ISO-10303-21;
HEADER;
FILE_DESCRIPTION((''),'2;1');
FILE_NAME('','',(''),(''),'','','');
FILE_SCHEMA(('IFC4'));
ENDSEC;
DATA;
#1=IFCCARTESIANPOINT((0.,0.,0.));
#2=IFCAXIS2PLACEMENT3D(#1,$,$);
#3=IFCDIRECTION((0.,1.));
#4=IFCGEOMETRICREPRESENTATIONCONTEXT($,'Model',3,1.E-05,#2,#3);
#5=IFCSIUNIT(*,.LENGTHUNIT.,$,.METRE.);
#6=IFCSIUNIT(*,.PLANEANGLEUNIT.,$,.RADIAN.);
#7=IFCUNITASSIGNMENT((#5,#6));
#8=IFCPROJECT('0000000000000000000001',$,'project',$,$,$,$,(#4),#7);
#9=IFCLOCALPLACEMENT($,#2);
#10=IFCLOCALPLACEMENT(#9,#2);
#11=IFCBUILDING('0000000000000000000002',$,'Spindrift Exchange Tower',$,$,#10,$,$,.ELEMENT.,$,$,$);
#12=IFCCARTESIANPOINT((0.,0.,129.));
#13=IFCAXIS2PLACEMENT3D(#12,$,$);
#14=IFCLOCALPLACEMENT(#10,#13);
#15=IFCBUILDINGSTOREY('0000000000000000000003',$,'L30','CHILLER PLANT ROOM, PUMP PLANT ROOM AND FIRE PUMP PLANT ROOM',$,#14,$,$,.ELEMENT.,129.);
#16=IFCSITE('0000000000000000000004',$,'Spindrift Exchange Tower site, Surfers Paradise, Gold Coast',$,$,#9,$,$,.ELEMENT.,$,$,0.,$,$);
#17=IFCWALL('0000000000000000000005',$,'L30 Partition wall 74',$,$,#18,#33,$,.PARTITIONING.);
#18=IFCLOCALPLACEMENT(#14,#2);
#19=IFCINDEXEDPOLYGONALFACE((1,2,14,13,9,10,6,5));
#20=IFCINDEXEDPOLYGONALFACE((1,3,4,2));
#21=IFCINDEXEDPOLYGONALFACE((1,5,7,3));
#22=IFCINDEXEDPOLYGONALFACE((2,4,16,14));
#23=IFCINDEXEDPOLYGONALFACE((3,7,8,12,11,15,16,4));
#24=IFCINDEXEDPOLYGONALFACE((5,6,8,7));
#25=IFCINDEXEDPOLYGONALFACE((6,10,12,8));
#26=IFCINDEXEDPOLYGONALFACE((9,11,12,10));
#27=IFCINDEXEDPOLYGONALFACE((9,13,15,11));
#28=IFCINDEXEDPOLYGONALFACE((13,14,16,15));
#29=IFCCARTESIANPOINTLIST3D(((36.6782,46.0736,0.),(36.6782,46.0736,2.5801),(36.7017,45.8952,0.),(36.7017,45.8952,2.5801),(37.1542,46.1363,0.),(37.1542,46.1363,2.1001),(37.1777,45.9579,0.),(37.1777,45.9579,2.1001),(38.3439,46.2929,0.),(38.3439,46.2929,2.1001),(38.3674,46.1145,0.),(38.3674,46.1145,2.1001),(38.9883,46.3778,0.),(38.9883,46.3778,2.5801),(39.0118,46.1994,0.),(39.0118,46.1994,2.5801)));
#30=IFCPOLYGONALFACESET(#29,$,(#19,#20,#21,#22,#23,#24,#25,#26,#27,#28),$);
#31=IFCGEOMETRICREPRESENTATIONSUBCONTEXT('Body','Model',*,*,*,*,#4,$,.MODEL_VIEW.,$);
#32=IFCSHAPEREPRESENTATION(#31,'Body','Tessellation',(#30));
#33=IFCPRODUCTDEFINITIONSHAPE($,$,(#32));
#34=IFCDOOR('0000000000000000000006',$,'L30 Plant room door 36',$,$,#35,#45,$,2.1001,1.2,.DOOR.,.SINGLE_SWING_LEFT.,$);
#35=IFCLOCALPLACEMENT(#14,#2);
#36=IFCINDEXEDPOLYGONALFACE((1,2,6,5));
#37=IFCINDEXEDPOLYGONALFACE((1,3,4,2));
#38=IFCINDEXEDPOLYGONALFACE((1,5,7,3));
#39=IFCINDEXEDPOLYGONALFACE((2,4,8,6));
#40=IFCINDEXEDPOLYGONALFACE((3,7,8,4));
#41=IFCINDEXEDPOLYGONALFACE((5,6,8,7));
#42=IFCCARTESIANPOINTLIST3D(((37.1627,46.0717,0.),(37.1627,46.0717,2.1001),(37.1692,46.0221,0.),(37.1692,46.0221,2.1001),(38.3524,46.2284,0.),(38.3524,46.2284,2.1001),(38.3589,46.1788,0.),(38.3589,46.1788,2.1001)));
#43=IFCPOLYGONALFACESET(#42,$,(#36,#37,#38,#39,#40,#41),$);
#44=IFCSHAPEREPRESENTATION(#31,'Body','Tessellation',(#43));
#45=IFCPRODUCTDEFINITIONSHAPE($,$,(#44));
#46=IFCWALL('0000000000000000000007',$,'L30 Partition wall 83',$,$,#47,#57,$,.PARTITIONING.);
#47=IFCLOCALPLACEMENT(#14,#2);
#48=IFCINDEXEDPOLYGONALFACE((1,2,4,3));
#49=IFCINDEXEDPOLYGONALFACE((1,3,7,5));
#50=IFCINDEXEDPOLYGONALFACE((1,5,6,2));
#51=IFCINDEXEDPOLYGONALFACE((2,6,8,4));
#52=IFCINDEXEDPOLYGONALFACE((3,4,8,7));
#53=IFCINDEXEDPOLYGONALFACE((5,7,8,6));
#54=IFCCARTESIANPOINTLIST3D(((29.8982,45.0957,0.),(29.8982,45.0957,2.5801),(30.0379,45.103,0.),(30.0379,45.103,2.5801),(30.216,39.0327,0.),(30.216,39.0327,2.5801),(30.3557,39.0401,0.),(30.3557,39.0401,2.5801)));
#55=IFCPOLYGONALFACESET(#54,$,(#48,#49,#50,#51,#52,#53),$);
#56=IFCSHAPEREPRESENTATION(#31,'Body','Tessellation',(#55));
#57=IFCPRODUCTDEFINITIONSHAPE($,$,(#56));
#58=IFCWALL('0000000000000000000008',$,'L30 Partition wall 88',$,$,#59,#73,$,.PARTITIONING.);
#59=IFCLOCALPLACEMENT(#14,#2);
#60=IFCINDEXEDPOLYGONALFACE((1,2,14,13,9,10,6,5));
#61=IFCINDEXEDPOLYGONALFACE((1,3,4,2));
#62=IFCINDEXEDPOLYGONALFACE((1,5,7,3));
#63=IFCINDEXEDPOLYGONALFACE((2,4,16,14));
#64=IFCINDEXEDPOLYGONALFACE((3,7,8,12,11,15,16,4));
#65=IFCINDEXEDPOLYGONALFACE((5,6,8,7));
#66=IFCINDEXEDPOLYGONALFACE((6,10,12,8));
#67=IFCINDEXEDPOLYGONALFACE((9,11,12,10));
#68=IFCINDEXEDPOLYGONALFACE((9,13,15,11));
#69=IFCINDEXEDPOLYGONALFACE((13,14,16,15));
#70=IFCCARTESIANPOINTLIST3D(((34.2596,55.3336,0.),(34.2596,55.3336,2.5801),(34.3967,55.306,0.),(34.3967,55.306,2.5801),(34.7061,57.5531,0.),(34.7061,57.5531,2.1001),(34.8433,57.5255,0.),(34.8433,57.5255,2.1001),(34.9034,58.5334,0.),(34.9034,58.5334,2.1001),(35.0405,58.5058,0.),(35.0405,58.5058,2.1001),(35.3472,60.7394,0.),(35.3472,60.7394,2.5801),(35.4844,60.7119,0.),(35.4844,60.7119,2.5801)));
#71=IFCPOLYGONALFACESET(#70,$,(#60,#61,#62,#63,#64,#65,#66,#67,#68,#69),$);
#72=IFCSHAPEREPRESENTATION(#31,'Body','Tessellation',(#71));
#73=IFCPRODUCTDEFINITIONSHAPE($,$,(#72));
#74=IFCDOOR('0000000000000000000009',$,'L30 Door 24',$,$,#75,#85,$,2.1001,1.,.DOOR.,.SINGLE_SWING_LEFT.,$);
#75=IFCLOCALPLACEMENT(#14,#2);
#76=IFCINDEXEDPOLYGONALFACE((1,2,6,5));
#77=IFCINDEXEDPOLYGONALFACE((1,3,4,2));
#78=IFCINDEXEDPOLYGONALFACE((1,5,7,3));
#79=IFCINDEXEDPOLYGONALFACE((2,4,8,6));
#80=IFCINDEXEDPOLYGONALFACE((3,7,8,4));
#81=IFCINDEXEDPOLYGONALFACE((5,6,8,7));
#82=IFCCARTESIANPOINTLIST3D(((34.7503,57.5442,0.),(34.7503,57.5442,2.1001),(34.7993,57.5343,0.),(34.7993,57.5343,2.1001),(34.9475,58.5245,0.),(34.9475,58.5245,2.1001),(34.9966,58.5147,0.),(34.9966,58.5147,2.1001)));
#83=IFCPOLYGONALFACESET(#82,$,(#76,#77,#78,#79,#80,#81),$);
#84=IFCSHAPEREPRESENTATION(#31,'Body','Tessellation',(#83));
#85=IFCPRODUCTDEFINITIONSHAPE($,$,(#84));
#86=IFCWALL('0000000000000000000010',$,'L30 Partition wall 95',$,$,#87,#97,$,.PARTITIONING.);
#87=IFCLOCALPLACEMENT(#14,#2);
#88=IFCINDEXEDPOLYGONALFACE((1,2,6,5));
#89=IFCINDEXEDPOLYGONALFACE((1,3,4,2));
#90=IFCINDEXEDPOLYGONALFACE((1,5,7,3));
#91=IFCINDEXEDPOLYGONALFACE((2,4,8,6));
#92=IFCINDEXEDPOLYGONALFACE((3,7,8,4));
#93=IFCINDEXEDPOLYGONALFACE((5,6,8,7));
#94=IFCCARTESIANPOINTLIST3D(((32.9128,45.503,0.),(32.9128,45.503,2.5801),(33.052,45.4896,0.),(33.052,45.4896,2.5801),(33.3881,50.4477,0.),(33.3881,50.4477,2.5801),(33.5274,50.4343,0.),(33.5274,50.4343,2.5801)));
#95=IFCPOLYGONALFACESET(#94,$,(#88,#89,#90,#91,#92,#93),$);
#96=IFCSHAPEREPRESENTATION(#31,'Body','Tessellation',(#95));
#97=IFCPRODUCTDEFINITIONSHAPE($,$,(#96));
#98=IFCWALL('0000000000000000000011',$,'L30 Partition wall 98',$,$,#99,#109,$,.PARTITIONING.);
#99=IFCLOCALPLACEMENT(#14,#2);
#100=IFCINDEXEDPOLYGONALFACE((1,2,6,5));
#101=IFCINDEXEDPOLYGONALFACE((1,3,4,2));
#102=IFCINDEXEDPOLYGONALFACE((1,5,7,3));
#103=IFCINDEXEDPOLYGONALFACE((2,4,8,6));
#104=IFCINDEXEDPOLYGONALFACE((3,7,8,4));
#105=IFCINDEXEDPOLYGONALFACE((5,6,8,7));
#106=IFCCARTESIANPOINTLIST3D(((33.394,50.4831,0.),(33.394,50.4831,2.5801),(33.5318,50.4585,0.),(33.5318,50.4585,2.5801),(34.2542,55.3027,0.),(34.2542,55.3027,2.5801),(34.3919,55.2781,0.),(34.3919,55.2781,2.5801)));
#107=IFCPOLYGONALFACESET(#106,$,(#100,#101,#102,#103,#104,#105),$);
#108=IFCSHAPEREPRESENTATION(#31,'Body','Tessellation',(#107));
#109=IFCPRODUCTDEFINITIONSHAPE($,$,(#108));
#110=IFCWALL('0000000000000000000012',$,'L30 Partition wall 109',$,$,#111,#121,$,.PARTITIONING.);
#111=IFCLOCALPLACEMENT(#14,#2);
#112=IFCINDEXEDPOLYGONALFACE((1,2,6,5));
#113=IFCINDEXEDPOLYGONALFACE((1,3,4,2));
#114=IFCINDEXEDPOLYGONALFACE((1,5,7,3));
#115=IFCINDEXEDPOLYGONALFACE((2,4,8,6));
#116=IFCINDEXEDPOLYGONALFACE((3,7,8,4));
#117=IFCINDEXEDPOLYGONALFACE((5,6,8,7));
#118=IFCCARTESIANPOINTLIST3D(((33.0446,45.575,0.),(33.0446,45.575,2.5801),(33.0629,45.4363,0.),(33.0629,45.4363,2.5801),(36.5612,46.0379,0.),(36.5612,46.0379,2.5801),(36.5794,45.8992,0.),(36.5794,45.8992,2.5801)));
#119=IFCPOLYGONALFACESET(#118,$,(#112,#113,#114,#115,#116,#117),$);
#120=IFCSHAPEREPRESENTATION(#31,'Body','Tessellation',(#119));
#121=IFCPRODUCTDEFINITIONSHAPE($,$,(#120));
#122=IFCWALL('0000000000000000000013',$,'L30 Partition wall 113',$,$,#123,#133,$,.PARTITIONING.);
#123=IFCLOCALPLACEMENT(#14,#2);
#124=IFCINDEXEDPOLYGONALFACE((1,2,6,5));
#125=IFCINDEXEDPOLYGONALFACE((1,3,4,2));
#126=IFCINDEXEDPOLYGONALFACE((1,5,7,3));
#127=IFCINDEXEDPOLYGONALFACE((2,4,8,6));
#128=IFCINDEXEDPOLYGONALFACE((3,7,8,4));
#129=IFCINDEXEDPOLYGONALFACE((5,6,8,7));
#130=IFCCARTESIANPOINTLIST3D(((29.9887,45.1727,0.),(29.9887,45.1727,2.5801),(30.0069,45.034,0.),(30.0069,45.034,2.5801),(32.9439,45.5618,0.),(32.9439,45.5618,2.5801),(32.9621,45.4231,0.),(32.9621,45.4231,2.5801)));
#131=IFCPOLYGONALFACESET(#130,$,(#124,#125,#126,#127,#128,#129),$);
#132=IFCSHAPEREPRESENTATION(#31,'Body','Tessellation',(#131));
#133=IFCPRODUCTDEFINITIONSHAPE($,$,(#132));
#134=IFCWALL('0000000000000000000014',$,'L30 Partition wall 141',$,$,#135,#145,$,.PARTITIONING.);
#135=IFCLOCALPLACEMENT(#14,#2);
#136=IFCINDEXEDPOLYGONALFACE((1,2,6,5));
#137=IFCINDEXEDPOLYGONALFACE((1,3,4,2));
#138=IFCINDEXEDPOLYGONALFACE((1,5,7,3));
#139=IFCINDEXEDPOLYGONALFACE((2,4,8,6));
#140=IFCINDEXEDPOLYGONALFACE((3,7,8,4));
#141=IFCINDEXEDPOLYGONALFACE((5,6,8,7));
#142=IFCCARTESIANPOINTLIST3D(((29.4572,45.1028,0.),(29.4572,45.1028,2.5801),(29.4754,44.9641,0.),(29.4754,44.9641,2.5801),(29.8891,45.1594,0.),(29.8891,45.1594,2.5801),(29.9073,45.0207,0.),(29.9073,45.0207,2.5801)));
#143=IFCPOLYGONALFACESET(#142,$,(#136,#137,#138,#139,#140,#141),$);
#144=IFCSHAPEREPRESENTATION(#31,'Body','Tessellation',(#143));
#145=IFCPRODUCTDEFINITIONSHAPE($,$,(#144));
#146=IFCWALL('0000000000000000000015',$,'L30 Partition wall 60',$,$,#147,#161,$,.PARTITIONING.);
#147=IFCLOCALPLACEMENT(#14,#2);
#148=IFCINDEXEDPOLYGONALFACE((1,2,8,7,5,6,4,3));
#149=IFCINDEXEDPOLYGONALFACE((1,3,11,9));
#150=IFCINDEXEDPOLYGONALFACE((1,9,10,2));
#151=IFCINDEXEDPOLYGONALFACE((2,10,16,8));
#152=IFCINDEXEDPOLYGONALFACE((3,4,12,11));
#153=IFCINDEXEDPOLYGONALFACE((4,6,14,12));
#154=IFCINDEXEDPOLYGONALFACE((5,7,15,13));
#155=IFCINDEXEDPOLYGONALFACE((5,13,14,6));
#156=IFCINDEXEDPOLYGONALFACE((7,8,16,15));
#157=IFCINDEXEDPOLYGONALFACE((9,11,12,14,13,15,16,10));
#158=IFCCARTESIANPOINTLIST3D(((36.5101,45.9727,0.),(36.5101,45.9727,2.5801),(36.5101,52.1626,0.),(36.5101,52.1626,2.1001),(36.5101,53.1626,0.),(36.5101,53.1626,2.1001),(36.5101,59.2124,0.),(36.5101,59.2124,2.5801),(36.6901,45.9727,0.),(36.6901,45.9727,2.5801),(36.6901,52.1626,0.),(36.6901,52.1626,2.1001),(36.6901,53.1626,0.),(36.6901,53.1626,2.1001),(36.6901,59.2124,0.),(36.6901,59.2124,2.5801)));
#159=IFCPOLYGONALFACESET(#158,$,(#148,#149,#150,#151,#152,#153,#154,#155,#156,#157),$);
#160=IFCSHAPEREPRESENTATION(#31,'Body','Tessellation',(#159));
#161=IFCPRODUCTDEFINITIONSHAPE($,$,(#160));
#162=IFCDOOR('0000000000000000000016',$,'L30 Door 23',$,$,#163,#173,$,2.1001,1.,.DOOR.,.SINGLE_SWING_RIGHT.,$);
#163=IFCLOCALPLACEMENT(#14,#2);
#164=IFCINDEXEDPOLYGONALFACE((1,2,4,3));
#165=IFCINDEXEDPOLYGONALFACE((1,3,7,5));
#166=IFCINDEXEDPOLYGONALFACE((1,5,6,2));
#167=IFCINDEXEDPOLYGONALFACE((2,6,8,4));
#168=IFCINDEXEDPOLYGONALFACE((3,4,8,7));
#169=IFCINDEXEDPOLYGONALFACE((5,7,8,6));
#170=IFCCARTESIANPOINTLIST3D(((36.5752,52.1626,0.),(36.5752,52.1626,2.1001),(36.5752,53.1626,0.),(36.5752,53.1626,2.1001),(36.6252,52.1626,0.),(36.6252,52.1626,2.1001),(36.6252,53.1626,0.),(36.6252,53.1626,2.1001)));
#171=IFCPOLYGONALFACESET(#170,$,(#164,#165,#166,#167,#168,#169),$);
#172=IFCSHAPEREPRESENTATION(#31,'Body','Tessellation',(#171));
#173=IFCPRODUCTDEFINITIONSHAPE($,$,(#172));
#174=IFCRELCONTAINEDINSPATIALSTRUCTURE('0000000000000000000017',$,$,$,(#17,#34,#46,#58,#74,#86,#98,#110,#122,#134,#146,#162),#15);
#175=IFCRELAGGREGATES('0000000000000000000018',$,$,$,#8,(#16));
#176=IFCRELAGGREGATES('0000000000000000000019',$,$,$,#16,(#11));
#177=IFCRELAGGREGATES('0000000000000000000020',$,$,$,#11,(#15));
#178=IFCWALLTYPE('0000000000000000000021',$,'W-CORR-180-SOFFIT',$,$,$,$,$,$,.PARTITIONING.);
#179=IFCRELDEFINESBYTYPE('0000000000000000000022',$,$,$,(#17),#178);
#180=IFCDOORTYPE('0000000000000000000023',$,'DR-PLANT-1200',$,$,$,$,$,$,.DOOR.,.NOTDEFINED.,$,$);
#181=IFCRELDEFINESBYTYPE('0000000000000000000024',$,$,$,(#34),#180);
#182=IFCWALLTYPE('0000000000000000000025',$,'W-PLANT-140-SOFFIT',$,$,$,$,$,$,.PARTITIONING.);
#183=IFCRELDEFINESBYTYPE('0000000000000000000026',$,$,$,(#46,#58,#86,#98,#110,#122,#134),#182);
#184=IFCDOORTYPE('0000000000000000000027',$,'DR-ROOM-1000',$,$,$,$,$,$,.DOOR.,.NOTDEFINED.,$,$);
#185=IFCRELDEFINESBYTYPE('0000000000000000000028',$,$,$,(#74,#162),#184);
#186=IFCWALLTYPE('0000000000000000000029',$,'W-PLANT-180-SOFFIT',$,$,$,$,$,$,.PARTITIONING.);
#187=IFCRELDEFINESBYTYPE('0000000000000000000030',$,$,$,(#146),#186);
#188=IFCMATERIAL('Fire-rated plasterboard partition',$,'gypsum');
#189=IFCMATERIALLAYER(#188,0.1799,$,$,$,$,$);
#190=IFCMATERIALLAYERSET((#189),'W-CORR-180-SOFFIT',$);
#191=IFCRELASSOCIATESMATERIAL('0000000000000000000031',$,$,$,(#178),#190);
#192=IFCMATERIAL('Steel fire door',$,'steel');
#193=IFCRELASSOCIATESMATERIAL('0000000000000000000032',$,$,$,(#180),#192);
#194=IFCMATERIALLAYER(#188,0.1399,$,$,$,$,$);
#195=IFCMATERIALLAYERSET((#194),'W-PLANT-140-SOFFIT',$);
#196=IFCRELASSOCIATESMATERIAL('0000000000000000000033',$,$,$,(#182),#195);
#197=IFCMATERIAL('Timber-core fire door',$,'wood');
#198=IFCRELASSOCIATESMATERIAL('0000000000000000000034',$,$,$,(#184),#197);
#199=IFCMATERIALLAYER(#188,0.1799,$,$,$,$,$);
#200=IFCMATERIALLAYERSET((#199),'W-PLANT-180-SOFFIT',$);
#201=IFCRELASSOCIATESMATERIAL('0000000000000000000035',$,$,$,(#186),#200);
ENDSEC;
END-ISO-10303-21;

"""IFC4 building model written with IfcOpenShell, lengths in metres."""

from ifc_helpers import new_model, si_unit, direction, frame, frame_2d, origin, place, context, subcontext, project, spatial, rectangle, extrude, source, transform, mapped, material, layer, layer_set, type_object, element, fill, save


model = new_model("IFC4")

# Units and contexts
model_context = context("Model", 3, precision=1e-05, world=origin(), true_north=direction((0.0, 1.0)))
body_context = subcontext(model_context, "Body", "Model", "MODEL_VIEW")
ifc_project = project(units=[si_unit("LENGTHUNIT", "METRE"), si_unit("PLANEANGLEUNIT", "RADIAN")], contexts=[model_context])

# Site, building, storey
site_placement = place(None, origin())
site = spatial("IfcSite", under=ifc_project, at=site_placement, Name="Spindrift Exchange Tower site, Surfers Paradise, Gold Coast", CompositionType="ELEMENT", RefElevation=0.0)
building_placement = place(site_placement, origin())
building = spatial("IfcBuilding", under=site, at=building_placement, Name="Spindrift Exchange Tower", CompositionType="ELEMENT")
storey_placement = place(building_placement, frame((0.0, 0.0, 129.0)))
storey = spatial("IfcBuildingStorey", under=building, at=storey_placement, Name="L30", Description="CHILLER PLANT ROOM, PUMP PLANT ROOM AND FIRE PUMP PLANT ROOM", CompositionType="ELEMENT", Elevation=129.0)

# Wall, opening, door
ifc_material_1 = material(Name="Fire-rated plasterboard partition", Category="gypsum")
ifc_layer_1 = layer(ifc_material_1, 0.1799)
ifc_layer_set_1 = layer_set([ifc_layer_1], Name="W-CORR-180-SOFFIT")
wall_type_1 = type_object("IfcWallType", Name="W-CORR-180-SOFFIT", PredefinedType="PARTITIONING", material=ifc_layer_set_1)
wall_1_placement = place(storey_placement, frame((36.6899, 45.9844, 0.0), z_axis=(0.0, 0.0, 1.0), x_axis=(0.991441, 0.130558, 0.0)))
wall_1 = element("IfcWall", 1, at=wall_1_placement, inside=storey, type_object=wall_type_1, Name="L30 Partition wall 74", PredefinedType="PARTITIONING", context=body_context, shape_type="SweptSolid", body=[
    extrude(rectangle(XDim=2.3301, YDim=0.1799, at=frame_2d((1.165, 0.0))), origin(), (0.0, 0.0, 1.0), 2.5801),
])
opening_1_placement = place(wall_1_placement, frame((0.48, 0.0, 0.0)))
opening_1 = element("IfcOpeningElement", 2, at=opening_1_placement, cuts=wall_1, PredefinedType="OPENING", context=body_context, shape_type="SweptSolid", body=[
    extrude(rectangle(XDim=1.2, YDim=2.1001, at=frame_2d((0.6001, 1.05))), frame((0.0, 0.0999, 0.0), z_axis=(0.0, -1.0, 0.0), x_axis=(1.0, 0.0, 0.0)), (0.0, 0.0, 1.0), 0.2),
])
ifc_material_2 = material(Name="Steel fire door", Category="steel")
door_type_1 = type_object("IfcDoorType", Name="DR-PLANT-1200", OperationType="NOTDEFINED", PredefinedType="DOOR", material=ifc_material_2)
shared_shape_1 = source(origin(), body_context, "Body", "SweptSolid", [
    extrude(rectangle(XDim=1.2, YDim=2.1001, at=frame_2d((0.6001, 1.05))), frame((0.0, 0.0249, 0.0), z_axis=(0.0, -1.0, 0.0), x_axis=(1.0, 0.0, 0.0)), (0.0, 0.0, 1.0), 0.05),
])
door_1_placement = place(opening_1_placement, origin())
door_1 = element("IfcDoor", 3, at=door_1_placement, inside=storey, type_object=door_type_1, Name="L30 Plant room door 36", OperationType="SINGLE_SWING_LEFT", OverallHeight=2.1001, OverallWidth=1.2, PredefinedType="DOOR", context=body_context, shape_type="MappedRepresentation", body=[
    mapped(shared_shape_1, transform((0.0, 0.0, 0.0), scale=1.0)),
])
fill(opening_1, door_1)

# Wall
ifc_layer_2 = layer(ifc_material_1, 0.1399)
ifc_layer_set_2 = layer_set([ifc_layer_2], Name="W-PLANT-140-SOFFIT")
wall_type_2 = type_object("IfcWallType", Name="W-PLANT-140-SOFFIT", PredefinedType="PARTITIONING", material=ifc_layer_set_2)
wall_2_placement = place(storey_placement, frame((29.968, 45.0994, 0.0), z_axis=(0.0, 0.0, 1.0), x_axis=(0.052356, -0.998628, 0.0)))
element("IfcWall", 4, at=wall_2_placement, inside=storey, type_object=wall_type_2, Name="L30 Partition wall 83", PredefinedType="PARTITIONING", context=body_context, shape_type="SweptSolid", body=[
    extrude(rectangle(XDim=6.0713, YDim=0.1399, at=frame_2d((3.0356, 0.0))), origin(), (0.0, 0.0, 1.0), 2.5801),
])

# Wall, opening, door
wall_3_placement = place(storey_placement, frame((34.3281, 55.3198, 0.0), z_axis=(0.0, 0.0, 1.0), x_axis=(0.197248, 0.980354, 0.0)))
wall_3 = element("IfcWall", 5, at=wall_3_placement, inside=storey, type_object=wall_type_2, Name="L30 Partition wall 88", PredefinedType="PARTITIONING", context=body_context, shape_type="SweptSolid", body=[
    extrude(rectangle(XDim=5.5142, YDim=0.1399, at=frame_2d((2.7571, 0.0))), origin(), (0.0, 0.0, 1.0), 2.5801),
])
opening_2_placement = place(wall_3_placement, frame((2.2639, 0.0, 0.0)))
opening_2 = element("IfcOpeningElement", 6, at=opening_2_placement, cuts=wall_3, PredefinedType="OPENING", context=body_context, shape_type="SweptSolid", body=[
    extrude(rectangle(XDim=1.0, YDim=2.1001, at=frame_2d((0.5, 1.05))), frame((0.0, 0.0798, 0.0), z_axis=(0.0, -1.0, 0.0), x_axis=(1.0, 0.0, 0.0)), (0.0, 0.0, 1.0), 0.1599),
])
ifc_material_3 = material(Name="Timber-core fire door", Category="wood")
door_type_2 = type_object("IfcDoorType", Name="DR-ROOM-1000", OperationType="NOTDEFINED", PredefinedType="DOOR", material=ifc_material_3)
shared_shape_2 = source(origin(), body_context, "Body", "SweptSolid", [
    extrude(rectangle(XDim=1.0, YDim=2.1001, at=frame_2d((0.5, 1.05))), frame((0.0, 0.0249, 0.0), z_axis=(0.0, -1.0, 0.0), x_axis=(1.0, 0.0, 0.0)), (0.0, 0.0, 1.0), 0.05),
])
door_2_placement = place(opening_2_placement, origin())
door_2 = element("IfcDoor", 7, at=door_2_placement, inside=storey, type_object=door_type_2, Name="L30 Door 24", OperationType="SINGLE_SWING_LEFT", OverallHeight=2.1001, OverallWidth=1.0, PredefinedType="DOOR", context=body_context, shape_type="MappedRepresentation", body=[
    mapped(shared_shape_2, transform((0.0, 0.0, 0.0), scale=1.0)),
])
fill(opening_2, door_2)

# Walls
wall_4_placement = place(storey_placement, frame((33.4578, 50.4412, 0.0), z_axis=(0.0, 0.0, 1.0), x_axis=(-0.095688, -0.995411, 0.0)))
element("IfcWall", 8, at=wall_4_placement, inside=storey, type_object=wall_type_2, Name="L30 Partition wall 95", PredefinedType="PARTITIONING", context=body_context, shape_type="SweptSolid", body=[
    extrude(rectangle(XDim=4.9675, YDim=0.1399, at=frame_2d((2.4839, 0.0))), origin(), (0.0, 0.0, 1.0), 2.5801),
])
wall_5_placement = place(storey_placement, frame((34.323, 55.2903, 0.0), z_axis=(0.0, 0.0, 1.0), x_axis=(-0.175685, -0.984446, 0.0)))
element("IfcWall", 9, at=wall_5_placement, inside=storey, type_object=wall_type_2, Name="L30 Partition wall 98", PredefinedType="PARTITIONING", context=body_context, shape_type="SweptSolid", body=[
    extrude(rectangle(XDim=4.8958, YDim=0.1399, at=frame_2d((2.4478, 0.0))), origin(), (0.0, 0.0, 1.0), 2.5801),
])
wall_6_placement = place(storey_placement, frame((36.5703, 45.9685, 0.0), z_axis=(0.0, 0.0, 1.0), x_axis=(-0.991448, -0.130504, 0.0)))
element("IfcWall", 10, at=wall_6_placement, inside=storey, type_object=wall_type_2, Name="L30 Partition wall 109", PredefinedType="PARTITIONING", context=body_context, shape_type="SweptSolid", body=[
    extrude(rectangle(XDim=3.5469, YDim=0.1399, at=frame_2d((1.7734, 0.0))), origin(), (0.0, 0.0, 1.0), 2.5801),
])
wall_7_placement = place(storey_placement, frame((32.9529, 45.4924, 0.0), z_axis=(0.0, 0.0, 1.0), x_axis=(-0.991441, -0.130554, 0.0)))
element("IfcWall", 11, at=wall_7_placement, inside=storey, type_object=wall_type_2, Name="L30 Partition wall 113", PredefinedType="PARTITIONING", context=body_context, shape_type="SweptSolid", body=[
    extrude(rectangle(XDim=2.9807, YDim=0.1399, at=frame_2d((1.4902, 0.0))), origin(), (0.0, 0.0, 1.0), 2.5801),
])
wall_8_placement = place(storey_placement, frame((29.8982, 45.0901, 0.0), z_axis=(0.0, 0.0, 1.0), x_axis=(-0.99151, -0.130034, 0.0)))
element("IfcWall", 12, at=wall_8_placement, inside=storey, type_object=wall_type_2, Name="L30 Partition wall 141", PredefinedType="PARTITIONING", context=body_context, shape_type="SweptSolid", body=[
    extrude(rectangle(XDim=0.4355, YDim=0.1399, at=frame_2d((0.2178, 0.0))), origin(), (0.0, 0.0, 1.0), 2.5801),
])

# Wall, opening, door
ifc_layer_3 = layer(ifc_material_1, 0.1799)
ifc_layer_set_3 = layer_set([ifc_layer_3], Name="W-PLANT-180-SOFFIT")
wall_type_3 = type_object("IfcWallType", Name="W-PLANT-180-SOFFIT", PredefinedType="PARTITIONING", material=ifc_layer_set_3)
wall_9_placement = place(storey_placement, frame((36.6001, 45.9727, 0.0), z_axis=(0.0, 0.0, 1.0), x_axis=(0.0, 1.0, 0.0)))
wall_9 = element("IfcWall", 13, at=wall_9_placement, inside=storey, type_object=wall_type_3, Name="L30 Partition wall 60", PredefinedType="PARTITIONING", context=body_context, shape_type="SweptSolid", body=[
    extrude(rectangle(XDim=13.2397, YDim=0.1799, at=frame_2d((6.6199, 0.0))), origin(), (0.0, 0.0, 1.0), 2.5801),
])
opening_3_placement = place(wall_9_placement, frame((6.1899, 0.0, 0.0)))
opening_3 = element("IfcOpeningElement", 14, at=opening_3_placement, cuts=wall_9, PredefinedType="OPENING", context=body_context, shape_type="SweptSolid", body=[
    extrude(rectangle(XDim=1.0, YDim=2.1001, at=frame_2d((0.5, 1.05))), frame((0.0, 0.0999, 0.0), z_axis=(0.0, -1.0, 0.0), x_axis=(1.0, 0.0, 0.0)), (0.0, 0.0, 1.0), 0.2),
])
door_3_placement = place(opening_3_placement, origin())
door_3 = element("IfcDoor", 15, at=door_3_placement, inside=storey, type_object=door_type_2, Name="L30 Door 23", OperationType="SINGLE_SWING_RIGHT", OverallHeight=2.1001, OverallWidth=1.0, PredefinedType="DOOR", context=body_context, shape_type="MappedRepresentation", body=[
    mapped(shared_shape_2, transform((0.0, 0.0, 0.0), scale=1.0)),
])
fill(opening_3, door_3)

save(model, "model.ifc")
